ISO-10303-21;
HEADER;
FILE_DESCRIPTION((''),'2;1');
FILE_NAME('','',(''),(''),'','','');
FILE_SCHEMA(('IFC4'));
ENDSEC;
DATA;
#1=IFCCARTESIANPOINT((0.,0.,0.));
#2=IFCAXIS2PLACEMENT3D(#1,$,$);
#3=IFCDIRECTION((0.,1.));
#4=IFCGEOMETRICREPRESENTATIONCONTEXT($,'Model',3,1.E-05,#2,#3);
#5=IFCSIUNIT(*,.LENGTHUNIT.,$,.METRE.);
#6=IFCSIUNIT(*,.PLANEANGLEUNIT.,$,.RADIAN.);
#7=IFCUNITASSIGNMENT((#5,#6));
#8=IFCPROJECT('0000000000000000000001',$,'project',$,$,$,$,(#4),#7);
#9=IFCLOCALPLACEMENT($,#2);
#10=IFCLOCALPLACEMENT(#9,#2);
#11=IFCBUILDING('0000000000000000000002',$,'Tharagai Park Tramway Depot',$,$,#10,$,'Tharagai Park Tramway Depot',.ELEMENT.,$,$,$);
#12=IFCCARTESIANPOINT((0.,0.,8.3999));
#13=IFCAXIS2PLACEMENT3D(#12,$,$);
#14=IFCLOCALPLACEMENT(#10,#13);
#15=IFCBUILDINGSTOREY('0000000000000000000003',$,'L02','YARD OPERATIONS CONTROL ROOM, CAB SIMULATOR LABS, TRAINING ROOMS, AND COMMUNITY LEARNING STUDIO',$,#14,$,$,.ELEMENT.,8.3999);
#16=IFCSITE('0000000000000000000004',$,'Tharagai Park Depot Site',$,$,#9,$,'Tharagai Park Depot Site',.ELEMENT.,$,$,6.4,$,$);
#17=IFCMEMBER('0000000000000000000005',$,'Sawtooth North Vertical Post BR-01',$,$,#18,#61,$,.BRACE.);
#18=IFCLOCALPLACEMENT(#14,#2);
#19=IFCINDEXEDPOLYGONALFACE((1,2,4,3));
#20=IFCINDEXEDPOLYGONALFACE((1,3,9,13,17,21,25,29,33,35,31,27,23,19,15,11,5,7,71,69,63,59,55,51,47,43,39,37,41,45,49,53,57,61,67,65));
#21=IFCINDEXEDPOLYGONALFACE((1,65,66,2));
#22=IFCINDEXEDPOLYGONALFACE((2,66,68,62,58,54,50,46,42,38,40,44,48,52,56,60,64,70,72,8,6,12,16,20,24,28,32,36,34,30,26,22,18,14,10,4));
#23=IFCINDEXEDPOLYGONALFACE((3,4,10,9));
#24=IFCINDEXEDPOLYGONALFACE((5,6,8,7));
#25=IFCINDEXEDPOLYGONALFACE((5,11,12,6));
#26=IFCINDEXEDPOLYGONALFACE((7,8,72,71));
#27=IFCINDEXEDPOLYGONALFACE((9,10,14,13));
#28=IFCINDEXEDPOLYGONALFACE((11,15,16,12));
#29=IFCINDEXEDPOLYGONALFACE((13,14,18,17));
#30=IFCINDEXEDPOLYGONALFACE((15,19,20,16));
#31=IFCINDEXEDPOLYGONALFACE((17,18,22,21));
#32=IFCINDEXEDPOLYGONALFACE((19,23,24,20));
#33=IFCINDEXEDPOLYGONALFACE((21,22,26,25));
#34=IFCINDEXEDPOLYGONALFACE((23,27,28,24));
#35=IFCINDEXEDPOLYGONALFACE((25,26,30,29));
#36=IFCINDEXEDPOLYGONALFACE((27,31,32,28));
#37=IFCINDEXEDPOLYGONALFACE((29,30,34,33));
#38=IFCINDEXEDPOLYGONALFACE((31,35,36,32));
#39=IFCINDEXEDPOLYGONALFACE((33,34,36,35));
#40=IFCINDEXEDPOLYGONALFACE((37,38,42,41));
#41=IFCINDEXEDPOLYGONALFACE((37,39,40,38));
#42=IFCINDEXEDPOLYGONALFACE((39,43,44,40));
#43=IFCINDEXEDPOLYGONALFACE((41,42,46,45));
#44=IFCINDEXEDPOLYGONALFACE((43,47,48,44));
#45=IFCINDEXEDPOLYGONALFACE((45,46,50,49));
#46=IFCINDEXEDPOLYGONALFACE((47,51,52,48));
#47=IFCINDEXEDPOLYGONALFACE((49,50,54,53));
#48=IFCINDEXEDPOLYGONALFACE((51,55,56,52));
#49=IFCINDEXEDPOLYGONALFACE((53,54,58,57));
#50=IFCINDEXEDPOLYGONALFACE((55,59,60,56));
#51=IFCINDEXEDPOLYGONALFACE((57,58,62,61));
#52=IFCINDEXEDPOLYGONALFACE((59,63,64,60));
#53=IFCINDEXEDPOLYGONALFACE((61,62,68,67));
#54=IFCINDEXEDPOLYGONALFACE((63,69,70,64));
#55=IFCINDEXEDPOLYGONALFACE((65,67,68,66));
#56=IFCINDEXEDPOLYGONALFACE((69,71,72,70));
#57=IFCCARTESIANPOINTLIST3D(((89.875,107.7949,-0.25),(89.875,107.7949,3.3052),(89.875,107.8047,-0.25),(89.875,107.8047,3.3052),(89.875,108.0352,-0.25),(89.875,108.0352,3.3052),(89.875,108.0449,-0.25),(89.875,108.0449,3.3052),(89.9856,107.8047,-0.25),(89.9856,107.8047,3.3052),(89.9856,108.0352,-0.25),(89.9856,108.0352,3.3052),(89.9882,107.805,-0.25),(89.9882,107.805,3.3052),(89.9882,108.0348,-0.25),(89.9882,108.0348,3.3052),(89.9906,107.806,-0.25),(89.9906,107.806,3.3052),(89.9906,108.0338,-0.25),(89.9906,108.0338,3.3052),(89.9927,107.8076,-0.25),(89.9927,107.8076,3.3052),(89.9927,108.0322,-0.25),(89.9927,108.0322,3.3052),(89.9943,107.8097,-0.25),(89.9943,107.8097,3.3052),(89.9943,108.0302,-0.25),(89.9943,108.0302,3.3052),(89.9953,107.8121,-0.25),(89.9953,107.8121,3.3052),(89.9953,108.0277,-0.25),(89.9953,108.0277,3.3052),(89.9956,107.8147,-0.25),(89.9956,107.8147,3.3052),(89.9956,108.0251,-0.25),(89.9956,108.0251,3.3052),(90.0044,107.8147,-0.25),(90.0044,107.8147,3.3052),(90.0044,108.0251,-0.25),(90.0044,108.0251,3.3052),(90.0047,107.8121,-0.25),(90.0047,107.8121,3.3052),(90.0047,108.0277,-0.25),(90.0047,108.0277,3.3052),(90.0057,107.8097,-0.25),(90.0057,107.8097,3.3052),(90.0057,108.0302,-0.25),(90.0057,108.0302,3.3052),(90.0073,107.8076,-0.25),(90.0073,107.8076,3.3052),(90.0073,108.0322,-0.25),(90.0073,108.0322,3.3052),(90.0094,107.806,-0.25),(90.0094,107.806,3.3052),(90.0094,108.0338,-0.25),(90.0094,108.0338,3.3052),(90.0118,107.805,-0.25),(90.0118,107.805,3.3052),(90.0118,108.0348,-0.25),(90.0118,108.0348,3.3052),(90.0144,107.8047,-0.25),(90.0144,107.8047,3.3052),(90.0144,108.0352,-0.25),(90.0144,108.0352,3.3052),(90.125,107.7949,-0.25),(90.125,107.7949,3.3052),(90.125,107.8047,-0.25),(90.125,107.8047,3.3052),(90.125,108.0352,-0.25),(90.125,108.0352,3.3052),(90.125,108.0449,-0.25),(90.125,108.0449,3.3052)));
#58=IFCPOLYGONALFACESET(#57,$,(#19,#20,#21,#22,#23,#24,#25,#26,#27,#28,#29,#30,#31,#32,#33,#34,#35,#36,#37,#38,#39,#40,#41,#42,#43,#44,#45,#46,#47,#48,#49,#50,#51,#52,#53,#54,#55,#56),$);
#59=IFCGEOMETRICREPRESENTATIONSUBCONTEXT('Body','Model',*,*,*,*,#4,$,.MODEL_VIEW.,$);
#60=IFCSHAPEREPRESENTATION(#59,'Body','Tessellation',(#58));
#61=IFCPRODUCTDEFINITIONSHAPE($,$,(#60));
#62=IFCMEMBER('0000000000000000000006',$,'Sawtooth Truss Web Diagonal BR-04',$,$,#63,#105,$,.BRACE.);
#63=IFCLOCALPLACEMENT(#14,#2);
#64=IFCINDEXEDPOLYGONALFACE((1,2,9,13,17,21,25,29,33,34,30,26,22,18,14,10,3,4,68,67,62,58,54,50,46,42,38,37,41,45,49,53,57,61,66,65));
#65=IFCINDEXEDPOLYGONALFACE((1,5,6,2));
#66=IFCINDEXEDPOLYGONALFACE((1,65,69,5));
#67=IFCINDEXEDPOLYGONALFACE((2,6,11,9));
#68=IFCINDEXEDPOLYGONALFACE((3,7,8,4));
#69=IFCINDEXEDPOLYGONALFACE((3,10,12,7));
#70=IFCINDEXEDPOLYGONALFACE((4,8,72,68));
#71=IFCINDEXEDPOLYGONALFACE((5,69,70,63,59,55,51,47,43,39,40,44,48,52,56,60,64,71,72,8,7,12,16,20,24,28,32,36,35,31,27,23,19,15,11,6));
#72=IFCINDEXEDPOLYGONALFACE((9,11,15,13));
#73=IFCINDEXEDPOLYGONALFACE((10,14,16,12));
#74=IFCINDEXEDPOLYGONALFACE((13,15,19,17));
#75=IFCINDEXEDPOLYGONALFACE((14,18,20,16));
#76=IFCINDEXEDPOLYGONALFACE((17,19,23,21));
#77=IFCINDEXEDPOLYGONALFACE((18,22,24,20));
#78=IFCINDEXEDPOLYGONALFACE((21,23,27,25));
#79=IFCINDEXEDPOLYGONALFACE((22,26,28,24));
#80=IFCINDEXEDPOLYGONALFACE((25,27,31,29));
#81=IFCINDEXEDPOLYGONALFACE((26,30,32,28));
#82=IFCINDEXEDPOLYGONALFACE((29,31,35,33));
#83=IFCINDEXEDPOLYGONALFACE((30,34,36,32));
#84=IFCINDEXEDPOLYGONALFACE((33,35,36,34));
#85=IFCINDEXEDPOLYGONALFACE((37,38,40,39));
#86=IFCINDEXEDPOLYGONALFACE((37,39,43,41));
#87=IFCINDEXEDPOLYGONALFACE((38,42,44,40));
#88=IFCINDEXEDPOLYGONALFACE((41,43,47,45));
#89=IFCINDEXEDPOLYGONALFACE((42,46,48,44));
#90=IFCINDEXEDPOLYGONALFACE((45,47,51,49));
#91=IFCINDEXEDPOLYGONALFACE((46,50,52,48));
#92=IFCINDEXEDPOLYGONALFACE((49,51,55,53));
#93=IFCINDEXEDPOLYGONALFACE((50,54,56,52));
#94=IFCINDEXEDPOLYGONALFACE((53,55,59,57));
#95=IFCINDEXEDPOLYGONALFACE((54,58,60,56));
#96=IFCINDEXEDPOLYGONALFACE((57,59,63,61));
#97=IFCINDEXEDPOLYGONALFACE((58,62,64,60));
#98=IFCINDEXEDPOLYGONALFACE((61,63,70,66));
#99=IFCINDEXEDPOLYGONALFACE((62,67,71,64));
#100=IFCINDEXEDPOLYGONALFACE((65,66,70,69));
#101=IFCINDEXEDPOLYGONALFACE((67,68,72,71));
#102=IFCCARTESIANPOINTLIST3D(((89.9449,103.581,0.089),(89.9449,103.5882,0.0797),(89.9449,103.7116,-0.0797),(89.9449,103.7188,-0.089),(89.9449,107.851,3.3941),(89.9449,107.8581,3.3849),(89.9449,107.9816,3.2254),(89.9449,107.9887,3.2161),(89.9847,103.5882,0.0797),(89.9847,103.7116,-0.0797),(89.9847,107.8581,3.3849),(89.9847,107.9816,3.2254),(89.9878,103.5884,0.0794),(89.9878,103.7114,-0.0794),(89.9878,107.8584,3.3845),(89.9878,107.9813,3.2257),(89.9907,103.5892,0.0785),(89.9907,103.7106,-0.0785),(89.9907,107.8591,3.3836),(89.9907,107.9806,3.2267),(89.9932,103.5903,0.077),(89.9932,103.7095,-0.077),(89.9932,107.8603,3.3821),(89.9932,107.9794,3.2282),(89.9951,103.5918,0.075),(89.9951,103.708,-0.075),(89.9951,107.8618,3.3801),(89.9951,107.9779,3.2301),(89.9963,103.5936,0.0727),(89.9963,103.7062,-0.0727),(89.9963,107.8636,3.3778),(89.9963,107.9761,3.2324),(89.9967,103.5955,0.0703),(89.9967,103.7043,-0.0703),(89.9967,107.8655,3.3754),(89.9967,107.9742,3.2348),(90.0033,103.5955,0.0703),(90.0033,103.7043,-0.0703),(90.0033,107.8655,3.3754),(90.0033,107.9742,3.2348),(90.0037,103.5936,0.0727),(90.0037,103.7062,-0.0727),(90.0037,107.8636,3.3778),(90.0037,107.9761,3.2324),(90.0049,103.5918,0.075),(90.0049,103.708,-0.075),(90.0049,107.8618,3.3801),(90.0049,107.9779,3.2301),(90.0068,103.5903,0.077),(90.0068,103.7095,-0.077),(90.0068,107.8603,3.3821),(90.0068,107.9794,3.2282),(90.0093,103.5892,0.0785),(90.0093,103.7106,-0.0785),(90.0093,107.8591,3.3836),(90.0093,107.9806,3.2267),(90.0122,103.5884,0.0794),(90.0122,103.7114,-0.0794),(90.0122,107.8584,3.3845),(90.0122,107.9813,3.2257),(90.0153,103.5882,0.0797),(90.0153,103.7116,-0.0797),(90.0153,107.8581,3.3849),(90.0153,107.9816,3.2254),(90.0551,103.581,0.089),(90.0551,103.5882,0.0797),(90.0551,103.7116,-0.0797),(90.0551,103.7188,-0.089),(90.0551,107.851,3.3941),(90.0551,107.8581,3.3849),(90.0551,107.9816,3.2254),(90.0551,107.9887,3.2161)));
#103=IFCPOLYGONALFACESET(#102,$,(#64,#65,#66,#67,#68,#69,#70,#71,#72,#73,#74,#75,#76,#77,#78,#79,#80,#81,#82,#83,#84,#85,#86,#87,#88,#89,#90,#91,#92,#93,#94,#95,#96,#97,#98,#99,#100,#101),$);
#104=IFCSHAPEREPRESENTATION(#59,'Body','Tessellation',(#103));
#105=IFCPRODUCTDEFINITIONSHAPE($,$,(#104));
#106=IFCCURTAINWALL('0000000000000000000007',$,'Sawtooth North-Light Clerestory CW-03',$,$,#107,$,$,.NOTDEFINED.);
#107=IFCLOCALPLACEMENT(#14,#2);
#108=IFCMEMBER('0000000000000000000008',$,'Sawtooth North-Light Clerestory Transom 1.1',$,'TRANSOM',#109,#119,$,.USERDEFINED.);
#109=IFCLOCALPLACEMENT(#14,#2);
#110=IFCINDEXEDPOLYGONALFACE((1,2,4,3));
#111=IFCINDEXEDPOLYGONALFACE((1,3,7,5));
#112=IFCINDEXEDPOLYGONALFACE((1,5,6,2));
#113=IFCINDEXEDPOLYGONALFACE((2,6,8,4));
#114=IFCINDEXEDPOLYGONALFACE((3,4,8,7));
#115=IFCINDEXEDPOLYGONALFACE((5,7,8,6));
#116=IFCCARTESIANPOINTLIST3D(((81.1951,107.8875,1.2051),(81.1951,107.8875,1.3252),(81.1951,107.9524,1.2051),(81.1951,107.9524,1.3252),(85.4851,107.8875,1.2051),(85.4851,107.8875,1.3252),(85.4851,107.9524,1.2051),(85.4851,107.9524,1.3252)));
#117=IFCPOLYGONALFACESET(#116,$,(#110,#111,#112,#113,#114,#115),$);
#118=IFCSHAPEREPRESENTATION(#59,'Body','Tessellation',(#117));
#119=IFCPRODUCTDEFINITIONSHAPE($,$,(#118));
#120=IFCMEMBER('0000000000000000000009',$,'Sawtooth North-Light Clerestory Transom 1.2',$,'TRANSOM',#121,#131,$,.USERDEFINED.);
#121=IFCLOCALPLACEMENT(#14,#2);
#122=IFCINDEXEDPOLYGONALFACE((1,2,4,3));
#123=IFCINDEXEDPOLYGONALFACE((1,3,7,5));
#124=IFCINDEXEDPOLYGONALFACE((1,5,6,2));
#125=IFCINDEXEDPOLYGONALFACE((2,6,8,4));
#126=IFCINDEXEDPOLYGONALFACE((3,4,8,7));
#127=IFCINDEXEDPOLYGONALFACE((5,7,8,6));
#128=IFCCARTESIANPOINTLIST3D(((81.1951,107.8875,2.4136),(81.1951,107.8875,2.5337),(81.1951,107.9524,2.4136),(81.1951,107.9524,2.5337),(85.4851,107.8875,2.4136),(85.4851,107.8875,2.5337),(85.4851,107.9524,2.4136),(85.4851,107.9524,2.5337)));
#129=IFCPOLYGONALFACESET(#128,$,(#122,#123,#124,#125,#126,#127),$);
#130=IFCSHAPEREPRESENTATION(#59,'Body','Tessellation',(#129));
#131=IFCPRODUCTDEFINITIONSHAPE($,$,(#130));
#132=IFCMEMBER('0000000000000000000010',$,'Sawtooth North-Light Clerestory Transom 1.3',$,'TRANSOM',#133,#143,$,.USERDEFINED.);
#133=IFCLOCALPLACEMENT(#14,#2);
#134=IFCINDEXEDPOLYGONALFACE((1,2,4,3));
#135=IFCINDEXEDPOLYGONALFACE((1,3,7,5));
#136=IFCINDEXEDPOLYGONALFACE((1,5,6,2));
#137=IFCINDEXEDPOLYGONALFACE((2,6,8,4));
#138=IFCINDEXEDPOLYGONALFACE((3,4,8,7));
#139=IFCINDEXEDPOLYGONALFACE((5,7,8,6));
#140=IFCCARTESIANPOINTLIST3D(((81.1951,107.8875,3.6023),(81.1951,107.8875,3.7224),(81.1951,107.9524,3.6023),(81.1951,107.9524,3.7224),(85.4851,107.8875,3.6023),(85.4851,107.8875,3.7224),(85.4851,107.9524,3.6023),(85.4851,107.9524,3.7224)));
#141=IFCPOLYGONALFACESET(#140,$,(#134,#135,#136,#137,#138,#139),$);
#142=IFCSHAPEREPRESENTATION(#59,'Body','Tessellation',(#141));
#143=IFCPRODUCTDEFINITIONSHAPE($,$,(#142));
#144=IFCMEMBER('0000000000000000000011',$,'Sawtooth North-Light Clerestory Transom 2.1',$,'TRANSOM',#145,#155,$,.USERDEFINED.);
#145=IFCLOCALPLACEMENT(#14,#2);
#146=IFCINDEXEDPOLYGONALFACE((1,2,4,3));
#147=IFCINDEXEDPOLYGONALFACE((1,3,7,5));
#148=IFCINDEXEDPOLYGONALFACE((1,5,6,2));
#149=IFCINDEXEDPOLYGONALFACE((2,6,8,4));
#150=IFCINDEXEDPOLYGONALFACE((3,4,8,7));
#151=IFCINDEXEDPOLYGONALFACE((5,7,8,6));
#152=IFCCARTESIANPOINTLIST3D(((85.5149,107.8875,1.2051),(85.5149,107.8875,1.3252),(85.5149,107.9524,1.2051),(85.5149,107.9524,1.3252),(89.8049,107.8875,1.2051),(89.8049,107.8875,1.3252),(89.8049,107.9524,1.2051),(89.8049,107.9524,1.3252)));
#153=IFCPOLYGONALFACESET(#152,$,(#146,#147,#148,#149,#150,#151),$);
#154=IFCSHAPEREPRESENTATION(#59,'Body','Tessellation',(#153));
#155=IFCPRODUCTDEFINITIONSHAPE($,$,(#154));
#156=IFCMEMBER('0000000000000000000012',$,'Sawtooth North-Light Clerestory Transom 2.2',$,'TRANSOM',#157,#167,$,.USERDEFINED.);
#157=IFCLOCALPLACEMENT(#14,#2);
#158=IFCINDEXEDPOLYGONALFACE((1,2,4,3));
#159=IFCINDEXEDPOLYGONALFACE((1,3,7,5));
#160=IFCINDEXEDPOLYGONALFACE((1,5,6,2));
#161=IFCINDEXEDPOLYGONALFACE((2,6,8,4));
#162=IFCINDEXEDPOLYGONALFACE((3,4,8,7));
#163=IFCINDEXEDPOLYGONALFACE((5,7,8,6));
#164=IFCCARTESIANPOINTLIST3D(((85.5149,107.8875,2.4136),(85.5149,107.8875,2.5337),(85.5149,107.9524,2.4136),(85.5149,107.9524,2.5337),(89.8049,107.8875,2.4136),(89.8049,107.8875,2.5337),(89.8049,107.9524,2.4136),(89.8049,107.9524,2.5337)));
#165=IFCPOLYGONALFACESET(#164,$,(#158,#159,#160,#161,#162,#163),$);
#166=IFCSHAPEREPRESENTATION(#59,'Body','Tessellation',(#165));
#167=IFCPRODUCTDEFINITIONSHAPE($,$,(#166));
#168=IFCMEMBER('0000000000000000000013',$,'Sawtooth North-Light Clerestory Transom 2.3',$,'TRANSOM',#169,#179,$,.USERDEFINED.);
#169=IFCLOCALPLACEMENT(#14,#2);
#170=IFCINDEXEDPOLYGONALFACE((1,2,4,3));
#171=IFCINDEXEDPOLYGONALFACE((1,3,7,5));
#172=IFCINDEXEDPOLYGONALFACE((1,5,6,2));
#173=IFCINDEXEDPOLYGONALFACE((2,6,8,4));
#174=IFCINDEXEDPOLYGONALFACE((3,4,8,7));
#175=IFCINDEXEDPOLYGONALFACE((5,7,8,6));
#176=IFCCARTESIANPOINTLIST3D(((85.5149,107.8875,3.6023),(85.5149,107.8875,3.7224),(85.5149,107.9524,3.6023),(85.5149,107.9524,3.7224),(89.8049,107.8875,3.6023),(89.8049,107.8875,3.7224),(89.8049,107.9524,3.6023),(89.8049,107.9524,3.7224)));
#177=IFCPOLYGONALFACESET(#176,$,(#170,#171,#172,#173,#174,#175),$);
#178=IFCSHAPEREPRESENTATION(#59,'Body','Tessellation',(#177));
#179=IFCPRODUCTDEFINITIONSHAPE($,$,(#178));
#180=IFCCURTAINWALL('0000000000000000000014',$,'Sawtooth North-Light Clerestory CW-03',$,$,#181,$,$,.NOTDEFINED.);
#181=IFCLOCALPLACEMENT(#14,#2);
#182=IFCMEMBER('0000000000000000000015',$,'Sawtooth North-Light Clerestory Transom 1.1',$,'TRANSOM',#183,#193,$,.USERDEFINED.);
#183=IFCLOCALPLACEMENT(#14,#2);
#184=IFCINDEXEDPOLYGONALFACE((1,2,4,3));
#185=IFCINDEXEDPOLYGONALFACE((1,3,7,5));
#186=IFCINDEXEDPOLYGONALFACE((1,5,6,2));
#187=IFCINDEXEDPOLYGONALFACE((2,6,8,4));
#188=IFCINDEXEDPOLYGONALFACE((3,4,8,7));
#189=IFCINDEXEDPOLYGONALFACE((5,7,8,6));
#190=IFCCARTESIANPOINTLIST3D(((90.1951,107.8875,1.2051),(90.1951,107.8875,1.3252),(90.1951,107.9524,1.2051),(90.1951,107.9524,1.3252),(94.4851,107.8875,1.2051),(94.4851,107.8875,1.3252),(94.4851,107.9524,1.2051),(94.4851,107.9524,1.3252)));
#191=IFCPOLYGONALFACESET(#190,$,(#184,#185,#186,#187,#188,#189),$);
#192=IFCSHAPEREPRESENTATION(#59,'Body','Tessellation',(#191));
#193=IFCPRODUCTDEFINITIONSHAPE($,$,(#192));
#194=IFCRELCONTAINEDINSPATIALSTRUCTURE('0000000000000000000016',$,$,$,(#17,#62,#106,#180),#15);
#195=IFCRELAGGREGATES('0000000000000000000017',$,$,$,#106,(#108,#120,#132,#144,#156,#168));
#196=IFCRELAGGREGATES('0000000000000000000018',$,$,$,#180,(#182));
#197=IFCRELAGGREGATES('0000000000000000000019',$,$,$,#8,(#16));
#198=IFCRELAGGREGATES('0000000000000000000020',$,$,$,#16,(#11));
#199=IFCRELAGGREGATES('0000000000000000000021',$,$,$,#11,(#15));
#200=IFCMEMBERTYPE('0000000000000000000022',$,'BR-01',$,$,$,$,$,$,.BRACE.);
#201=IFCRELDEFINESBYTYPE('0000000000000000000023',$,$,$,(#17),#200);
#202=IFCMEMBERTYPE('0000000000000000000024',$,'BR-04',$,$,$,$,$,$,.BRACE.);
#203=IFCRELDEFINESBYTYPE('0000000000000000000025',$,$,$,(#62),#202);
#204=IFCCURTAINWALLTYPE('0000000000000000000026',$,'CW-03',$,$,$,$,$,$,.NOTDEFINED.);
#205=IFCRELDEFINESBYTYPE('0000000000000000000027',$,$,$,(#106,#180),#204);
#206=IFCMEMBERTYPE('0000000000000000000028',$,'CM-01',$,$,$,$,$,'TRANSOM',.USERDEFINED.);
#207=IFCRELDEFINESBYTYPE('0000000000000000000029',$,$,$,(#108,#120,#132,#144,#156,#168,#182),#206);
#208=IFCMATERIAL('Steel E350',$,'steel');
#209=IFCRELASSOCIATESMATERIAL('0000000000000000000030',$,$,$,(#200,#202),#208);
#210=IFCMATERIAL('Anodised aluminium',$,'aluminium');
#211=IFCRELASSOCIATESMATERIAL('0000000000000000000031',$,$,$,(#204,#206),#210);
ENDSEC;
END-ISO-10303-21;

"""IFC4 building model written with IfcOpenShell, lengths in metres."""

from ifc_helpers import new_model, si_unit, direction, frame, origin, origin_2d, place, context, subcontext, project, spatial, rectangle, i_section, extrude, material, material_profile, profile_set, type_object, element, aggregate, save


model = new_model("IFC4")

# Units and contexts
model_context = context("Model", 3, precision=1e-05, world=origin(), true_north=direction((0.0, 1.0)))
body_context = subcontext(model_context, "Body", "Model", "MODEL_VIEW")
ifc_project = project(units=[si_unit("LENGTHUNIT", "METRE"), si_unit("PLANEANGLEUNIT", "RADIAN")], contexts=[model_context])

# Site, building, storey
site_placement = place(None, origin())
site = spatial("IfcSite", under=ifc_project, at=site_placement, Name="Tharagai Park Depot Site", LongName="Tharagai Park Depot Site", CompositionType="ELEMENT", RefElevation=6.4)
building_placement = place(site_placement, origin())
building = spatial("IfcBuilding", under=site, at=building_placement, Name="Tharagai Park Tramway Depot", LongName="Tharagai Park Tramway Depot", CompositionType="ELEMENT")
storey_placement = place(building_placement, frame((0.0, 0.0, 8.3999)))
storey = spatial("IfcBuildingStorey", under=building, at=storey_placement, Name="L02", Description="YARD OPERATIONS CONTROL ROOM, CAB SIMULATOR LABS, TRAINING ROOMS, AND COMMUNITY LEARNING STUDIO", CompositionType="ELEMENT", Elevation=8.3999)

# Members
ifc_material_1 = material(Name="Steel E350", Category="steel")
ifc_material_profile_1 = material_profile(ifc_material_1, i_section(OverallWidth=0.25, OverallDepth=0.25, WebThickness=0.0088, FlangeThickness=0.0098, FilletRadius=0.01, at=origin_2d()), Name="ISHB 250")
ifc_profile_set_1 = profile_set([ifc_material_profile_1], Name="Steel E350")
member_type_1 = type_object("IfcMemberType", Name="BR-01", PredefinedType="BRACE", material=ifc_profile_set_1)
member_1_placement = place(storey_placement, frame((90.0, 107.9199, -0.25), z_axis=(0.0, 0.0, 1.0), x_axis=(1.0, 0.0, 0.0)))
element("IfcMember", 1, at=member_1_placement, inside=storey, type_object=member_type_1, Name="Sawtooth North Vertical Post BR-01", PredefinedType="BRACE", context=body_context, shape_type="SweptSolid", body=[
    extrude(i_section(OverallWidth=0.25, OverallDepth=0.25, WebThickness=0.0088, FlangeThickness=0.0098, FilletRadius=0.01, at=origin_2d()), origin(), (0.0, 0.0, 1.0), 3.5552),
])
ifc_material_profile_2 = material_profile(ifc_material_1, i_section(OverallWidth=0.1101, OverallDepth=0.2251, WebThickness=0.0066, FlangeThickness=0.0117, FilletRadius=0.012, at=origin_2d()), Name="ISMB 225")
ifc_profile_set_2 = profile_set([ifc_material_profile_2], Name="Steel E350")
member_type_2 = type_object("IfcMemberType", Name="BR-04", PredefinedType="BRACE", material=ifc_profile_set_2)
member_2_placement = place(storey_placement, frame((90.0, 103.6499, 0.0), z_axis=(0.0, 0.790782, 0.612098), x_axis=(-1.0, 0.0, 0.0)))
element("IfcMember", 2, at=member_2_placement, inside=storey, type_object=member_type_2, Name="Sawtooth Truss Web Diagonal BR-04", PredefinedType="BRACE", context=body_context, shape_type="SweptSolid", body=[
    extrude(i_section(OverallWidth=0.1101, OverallDepth=0.2251, WebThickness=0.0066, FlangeThickness=0.0117, FilletRadius=0.012, at=origin_2d()), origin(), (0.0, 0.0, 1.0), 5.3997),
])

# Curtain walls, members
ifc_material_2 = material(Name="Anodised aluminium", Category="aluminium")
curtain_wall_type = type_object("IfcCurtainWallType", Name="CW-03", PredefinedType="NOTDEFINED", material=ifc_material_2)
curtain_wall_1_placement = place(storey_placement, origin())
curtain_wall_1 = element("IfcCurtainWall", 3, at=curtain_wall_1_placement, inside=storey, type_object=curtain_wall_type, Name="Sawtooth North-Light Clerestory CW-03", PredefinedType="NOTDEFINED")
ifc_material_profile_3 = material_profile(ifc_material_2, rectangle(XDim=0.0649, YDim=0.1201, at=origin_2d()), Name="ALU 65x120")
ifc_profile_set_3 = profile_set([ifc_material_profile_3], Name="Anodised aluminium")
member_type_3 = type_object("IfcMemberType", Name="CM-01", ElementType="TRANSOM", PredefinedType="USERDEFINED", material=ifc_profile_set_3)
member_3_placement = place(storey_placement, frame((81.1951, 107.9199, 1.2651), z_axis=(1.0, 0.0, 0.0), x_axis=(0.0, 1.0, 0.0)))
member_3 = element("IfcMember", 4, at=member_3_placement, type_object=member_type_3, Name="Sawtooth North-Light Clerestory Transom 1.1", ObjectType="TRANSOM", PredefinedType="USERDEFINED", context=body_context, shape_type="SweptSolid", body=[
    extrude(rectangle(XDim=0.0649, YDim=0.1201, at=origin_2d()), origin(), (0.0, 0.0, 1.0), 4.29),
])
member_4_placement = place(storey_placement, frame((81.1951, 107.9199, 2.4736), z_axis=(1.0, 0.0, 0.0), x_axis=(0.0, 1.0, 0.0)))
member_4 = element("IfcMember", 5, at=member_4_placement, type_object=member_type_3, Name="Sawtooth North-Light Clerestory Transom 1.2", ObjectType="TRANSOM", PredefinedType="USERDEFINED", context=body_context, shape_type="SweptSolid", body=[
    extrude(rectangle(XDim=0.0649, YDim=0.1201, at=origin_2d()), origin(), (0.0, 0.0, 1.0), 4.29),
])
member_5_placement = place(storey_placement, frame((81.1951, 107.9199, 3.6624), z_axis=(1.0, 0.0, 0.0), x_axis=(0.0, 1.0, 0.0)))
member_5 = element("IfcMember", 6, at=member_5_placement, type_object=member_type_3, Name="Sawtooth North-Light Clerestory Transom 1.3", ObjectType="TRANSOM", PredefinedType="USERDEFINED", context=body_context, shape_type="SweptSolid", body=[
    extrude(rectangle(XDim=0.0649, YDim=0.1201, at=origin_2d()), origin(), (0.0, 0.0, 1.0), 4.29),
])
member_6_placement = place(storey_placement, frame((85.5149, 107.9199, 1.2651), z_axis=(1.0, 0.0, 0.0), x_axis=(0.0, 1.0, 0.0)))
member_6 = element("IfcMember", 7, at=member_6_placement, type_object=member_type_3, Name="Sawtooth North-Light Clerestory Transom 2.1", ObjectType="TRANSOM", PredefinedType="USERDEFINED", context=body_context, shape_type="SweptSolid", body=[
    extrude(rectangle(XDim=0.0649, YDim=0.1201, at=origin_2d()), origin(), (0.0, 0.0, 1.0), 4.29),
])
member_7_placement = place(storey_placement, frame((85.5149, 107.9199, 2.4736), z_axis=(1.0, 0.0, 0.0), x_axis=(0.0, 1.0, 0.0)))
member_7 = element("IfcMember", 8, at=member_7_placement, type_object=member_type_3, Name="Sawtooth North-Light Clerestory Transom 2.2", ObjectType="TRANSOM", PredefinedType="USERDEFINED", context=body_context, shape_type="SweptSolid", body=[
    extrude(rectangle(XDim=0.0649, YDim=0.1201, at=origin_2d()), origin(), (0.0, 0.0, 1.0), 4.29),
])
member_8_placement = place(storey_placement, frame((85.5149, 107.9199, 3.6624), z_axis=(1.0, 0.0, 0.0), x_axis=(0.0, 1.0, 0.0)))
member_8 = element("IfcMember", 9, at=member_8_placement, type_object=member_type_3, Name="Sawtooth North-Light Clerestory Transom 2.3", ObjectType="TRANSOM", PredefinedType="USERDEFINED", context=body_context, shape_type="SweptSolid", body=[
    extrude(rectangle(XDim=0.0649, YDim=0.1201, at=origin_2d()), origin(), (0.0, 0.0, 1.0), 4.29),
])
curtain_wall_2_placement = place(storey_placement, origin())
curtain_wall_2 = element("IfcCurtainWall", 10, at=curtain_wall_2_placement, inside=storey, type_object=curtain_wall_type, Name="Sawtooth North-Light Clerestory CW-03", PredefinedType="NOTDEFINED")
member_9_placement = place(storey_placement, frame((90.1951, 107.9199, 1.2651), z_axis=(1.0, 0.0, 0.0), x_axis=(0.0, 1.0, 0.0)))
member_9 = element("IfcMember", 11, at=member_9_placement, type_object=member_type_3, Name="Sawtooth North-Light Clerestory Transom 1.1", ObjectType="TRANSOM", PredefinedType="USERDEFINED", context=body_context, shape_type="SweptSolid", body=[
    extrude(rectangle(XDim=0.0649, YDim=0.1201, at=origin_2d()), origin(), (0.0, 0.0, 1.0), 4.29),
])

aggregate(curtain_wall_1, [member_3, member_4, member_5, member_6, member_7, member_8])
aggregate(curtain_wall_2, [member_9])

save(model, "model.ifc")
